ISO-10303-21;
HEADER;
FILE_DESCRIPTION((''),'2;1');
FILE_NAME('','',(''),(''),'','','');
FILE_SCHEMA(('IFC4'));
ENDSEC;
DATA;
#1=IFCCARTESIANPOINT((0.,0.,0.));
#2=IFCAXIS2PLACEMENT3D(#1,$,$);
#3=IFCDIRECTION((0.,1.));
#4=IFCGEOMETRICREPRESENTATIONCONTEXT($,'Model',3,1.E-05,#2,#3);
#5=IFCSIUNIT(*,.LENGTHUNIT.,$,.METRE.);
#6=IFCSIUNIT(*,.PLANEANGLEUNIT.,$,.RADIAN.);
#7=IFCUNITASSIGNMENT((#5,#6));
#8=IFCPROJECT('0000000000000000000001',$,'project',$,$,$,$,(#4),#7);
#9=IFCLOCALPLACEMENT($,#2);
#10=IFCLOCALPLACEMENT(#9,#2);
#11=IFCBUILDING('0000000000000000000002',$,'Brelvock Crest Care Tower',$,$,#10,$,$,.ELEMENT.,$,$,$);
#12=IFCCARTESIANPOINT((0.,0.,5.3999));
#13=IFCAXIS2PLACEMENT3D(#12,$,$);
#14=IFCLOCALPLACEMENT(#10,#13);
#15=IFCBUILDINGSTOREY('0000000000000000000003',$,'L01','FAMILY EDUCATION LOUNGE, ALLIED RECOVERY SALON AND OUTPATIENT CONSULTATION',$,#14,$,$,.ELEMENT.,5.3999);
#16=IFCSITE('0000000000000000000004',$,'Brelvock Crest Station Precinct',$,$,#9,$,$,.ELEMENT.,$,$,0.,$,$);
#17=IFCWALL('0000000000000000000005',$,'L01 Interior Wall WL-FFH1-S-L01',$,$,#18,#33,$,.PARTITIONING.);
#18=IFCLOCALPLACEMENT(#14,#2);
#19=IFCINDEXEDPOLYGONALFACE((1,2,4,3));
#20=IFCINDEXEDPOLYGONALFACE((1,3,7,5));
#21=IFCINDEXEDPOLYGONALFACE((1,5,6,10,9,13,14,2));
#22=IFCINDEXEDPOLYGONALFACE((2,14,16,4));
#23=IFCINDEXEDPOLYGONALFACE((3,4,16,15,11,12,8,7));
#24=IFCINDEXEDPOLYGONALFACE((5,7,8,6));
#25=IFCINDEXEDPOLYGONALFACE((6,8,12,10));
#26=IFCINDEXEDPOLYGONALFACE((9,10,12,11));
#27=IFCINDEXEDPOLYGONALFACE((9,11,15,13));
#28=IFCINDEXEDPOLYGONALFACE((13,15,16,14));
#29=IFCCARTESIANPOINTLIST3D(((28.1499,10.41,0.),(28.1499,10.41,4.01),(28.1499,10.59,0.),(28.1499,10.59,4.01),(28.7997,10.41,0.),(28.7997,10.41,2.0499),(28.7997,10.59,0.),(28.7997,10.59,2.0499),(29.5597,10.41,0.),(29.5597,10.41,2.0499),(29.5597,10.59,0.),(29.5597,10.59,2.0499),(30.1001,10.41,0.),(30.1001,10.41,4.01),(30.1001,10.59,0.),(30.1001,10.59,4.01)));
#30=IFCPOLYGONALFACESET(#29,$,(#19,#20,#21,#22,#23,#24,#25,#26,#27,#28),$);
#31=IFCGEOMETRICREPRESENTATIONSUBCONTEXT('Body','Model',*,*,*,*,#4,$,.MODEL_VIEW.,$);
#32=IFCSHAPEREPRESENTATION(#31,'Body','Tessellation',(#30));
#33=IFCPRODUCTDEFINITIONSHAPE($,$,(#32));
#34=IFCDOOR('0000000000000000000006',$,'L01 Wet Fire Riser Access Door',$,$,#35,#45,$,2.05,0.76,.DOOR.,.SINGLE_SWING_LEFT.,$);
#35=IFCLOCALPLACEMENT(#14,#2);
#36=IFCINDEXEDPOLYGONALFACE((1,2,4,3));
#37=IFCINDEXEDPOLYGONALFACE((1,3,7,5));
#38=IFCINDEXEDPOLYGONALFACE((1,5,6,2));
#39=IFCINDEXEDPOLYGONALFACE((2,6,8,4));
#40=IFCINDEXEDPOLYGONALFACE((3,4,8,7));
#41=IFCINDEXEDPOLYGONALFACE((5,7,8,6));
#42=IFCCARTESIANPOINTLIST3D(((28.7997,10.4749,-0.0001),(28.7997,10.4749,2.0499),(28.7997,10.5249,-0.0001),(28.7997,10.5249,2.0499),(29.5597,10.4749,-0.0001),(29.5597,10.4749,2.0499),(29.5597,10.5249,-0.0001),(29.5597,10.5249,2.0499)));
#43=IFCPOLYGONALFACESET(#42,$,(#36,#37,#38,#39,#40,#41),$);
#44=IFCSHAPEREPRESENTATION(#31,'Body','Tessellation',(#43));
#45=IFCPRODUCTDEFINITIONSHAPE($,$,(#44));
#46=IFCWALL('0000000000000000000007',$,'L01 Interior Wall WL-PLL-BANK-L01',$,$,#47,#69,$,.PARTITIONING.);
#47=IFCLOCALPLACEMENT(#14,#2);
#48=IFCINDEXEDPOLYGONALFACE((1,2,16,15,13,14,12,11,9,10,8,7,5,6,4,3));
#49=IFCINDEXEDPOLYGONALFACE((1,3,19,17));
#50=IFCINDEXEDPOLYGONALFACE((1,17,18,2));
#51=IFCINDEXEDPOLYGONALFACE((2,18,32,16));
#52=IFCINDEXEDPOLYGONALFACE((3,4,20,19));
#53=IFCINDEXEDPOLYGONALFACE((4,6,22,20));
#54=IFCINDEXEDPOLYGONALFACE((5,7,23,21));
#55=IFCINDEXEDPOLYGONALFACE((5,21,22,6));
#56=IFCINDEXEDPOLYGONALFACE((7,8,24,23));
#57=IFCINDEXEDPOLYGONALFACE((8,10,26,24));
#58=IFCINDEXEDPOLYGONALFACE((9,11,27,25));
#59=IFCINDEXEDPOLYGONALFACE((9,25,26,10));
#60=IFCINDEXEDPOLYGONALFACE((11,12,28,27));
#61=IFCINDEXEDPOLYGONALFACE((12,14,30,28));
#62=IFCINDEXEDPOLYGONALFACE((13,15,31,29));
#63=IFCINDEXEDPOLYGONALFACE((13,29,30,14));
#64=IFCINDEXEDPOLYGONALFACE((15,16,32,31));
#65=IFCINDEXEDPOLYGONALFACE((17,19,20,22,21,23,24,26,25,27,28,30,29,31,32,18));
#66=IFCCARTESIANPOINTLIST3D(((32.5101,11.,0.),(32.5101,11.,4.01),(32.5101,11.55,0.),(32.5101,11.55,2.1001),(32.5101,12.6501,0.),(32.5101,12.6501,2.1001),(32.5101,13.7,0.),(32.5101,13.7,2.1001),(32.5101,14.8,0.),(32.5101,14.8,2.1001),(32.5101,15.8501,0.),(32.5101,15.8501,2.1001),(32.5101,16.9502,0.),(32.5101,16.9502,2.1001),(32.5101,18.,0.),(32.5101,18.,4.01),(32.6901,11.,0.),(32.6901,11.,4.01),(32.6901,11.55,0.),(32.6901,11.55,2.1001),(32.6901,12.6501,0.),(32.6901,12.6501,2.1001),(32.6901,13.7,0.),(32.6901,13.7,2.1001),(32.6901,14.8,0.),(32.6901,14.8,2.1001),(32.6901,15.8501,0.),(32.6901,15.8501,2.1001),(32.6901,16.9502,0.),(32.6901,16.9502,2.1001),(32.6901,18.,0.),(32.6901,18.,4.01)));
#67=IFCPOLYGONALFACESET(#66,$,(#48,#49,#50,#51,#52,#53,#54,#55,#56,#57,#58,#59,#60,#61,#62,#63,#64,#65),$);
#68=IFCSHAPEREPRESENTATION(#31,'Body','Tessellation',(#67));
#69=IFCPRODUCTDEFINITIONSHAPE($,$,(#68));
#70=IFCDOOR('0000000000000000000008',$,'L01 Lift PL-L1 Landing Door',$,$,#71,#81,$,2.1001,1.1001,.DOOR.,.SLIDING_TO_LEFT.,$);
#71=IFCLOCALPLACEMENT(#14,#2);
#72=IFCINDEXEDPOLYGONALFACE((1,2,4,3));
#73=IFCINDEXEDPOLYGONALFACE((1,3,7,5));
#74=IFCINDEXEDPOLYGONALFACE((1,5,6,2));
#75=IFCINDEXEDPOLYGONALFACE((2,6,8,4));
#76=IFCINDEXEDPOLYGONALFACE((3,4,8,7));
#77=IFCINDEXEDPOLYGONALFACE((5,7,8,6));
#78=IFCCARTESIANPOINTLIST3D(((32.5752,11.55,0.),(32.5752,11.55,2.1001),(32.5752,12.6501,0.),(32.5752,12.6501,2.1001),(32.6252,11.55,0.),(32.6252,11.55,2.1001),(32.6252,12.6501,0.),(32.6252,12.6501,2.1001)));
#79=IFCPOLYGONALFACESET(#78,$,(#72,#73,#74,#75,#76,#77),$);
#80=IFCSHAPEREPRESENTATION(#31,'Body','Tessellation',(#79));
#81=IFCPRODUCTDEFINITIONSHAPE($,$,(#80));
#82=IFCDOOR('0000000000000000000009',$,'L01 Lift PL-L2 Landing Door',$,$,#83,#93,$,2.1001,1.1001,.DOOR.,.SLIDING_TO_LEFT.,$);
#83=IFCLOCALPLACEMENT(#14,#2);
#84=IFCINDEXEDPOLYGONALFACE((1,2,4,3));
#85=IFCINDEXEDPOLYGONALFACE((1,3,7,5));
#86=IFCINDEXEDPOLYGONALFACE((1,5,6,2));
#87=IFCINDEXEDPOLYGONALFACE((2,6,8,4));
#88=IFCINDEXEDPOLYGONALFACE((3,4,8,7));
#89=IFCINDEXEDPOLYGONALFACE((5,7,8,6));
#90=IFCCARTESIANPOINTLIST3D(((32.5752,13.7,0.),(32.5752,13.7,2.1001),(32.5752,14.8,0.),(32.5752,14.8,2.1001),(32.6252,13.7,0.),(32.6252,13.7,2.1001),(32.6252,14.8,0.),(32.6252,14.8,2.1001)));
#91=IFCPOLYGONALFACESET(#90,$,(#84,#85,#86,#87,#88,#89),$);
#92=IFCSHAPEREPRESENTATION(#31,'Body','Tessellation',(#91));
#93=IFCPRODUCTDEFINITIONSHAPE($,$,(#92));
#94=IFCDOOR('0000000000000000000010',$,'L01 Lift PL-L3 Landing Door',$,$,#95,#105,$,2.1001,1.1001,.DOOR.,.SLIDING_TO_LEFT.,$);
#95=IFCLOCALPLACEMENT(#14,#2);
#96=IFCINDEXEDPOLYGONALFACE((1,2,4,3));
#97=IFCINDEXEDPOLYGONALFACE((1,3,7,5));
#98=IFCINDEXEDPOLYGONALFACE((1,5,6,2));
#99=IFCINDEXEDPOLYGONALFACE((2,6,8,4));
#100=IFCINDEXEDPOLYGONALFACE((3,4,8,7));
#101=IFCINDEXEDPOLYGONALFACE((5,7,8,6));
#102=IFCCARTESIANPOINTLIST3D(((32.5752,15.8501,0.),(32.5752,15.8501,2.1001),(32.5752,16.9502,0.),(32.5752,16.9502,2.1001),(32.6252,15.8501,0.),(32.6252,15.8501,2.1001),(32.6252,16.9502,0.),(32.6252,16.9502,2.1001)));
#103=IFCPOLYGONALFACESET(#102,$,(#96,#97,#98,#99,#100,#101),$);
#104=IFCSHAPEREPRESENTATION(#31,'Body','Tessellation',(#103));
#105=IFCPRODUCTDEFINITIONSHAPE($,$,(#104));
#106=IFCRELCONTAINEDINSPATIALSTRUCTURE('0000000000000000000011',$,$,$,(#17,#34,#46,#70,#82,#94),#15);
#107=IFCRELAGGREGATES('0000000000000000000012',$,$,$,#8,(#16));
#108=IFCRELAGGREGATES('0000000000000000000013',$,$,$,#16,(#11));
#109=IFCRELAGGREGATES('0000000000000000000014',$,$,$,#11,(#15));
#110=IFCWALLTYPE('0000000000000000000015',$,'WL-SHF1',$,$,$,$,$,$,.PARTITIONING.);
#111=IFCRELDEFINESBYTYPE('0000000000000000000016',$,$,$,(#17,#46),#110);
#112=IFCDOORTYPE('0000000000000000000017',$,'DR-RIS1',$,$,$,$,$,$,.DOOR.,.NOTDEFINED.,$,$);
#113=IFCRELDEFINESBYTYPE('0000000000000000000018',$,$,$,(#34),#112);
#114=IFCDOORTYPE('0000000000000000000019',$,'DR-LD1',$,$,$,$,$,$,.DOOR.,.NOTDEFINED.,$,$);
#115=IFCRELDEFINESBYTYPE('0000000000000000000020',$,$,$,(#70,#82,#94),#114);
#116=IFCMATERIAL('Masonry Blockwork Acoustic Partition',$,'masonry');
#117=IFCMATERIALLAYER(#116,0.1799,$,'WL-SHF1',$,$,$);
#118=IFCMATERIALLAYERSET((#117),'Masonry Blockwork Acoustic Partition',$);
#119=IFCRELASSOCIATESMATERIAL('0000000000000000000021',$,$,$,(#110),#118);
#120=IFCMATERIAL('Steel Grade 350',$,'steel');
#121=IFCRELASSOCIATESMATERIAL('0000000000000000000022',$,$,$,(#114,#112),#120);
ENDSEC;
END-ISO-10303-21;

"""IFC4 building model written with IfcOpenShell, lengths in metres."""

from ifc_helpers import new_model, si_unit, direction, frame, frame_2d, origin, origin_2d, place, context, subcontext, project, spatial, rectangle, extrude, source, transform, mapped, material, layer, layer_set, type_object, element, fill, save


model = new_model("IFC4")

# Units and contexts
model_context = context("Model", 3, precision=1e-05, world=origin(), true_north=direction((0.0, 1.0)))
body_context = subcontext(model_context, "Body", "Model", "MODEL_VIEW")
ifc_project = project(units=[si_unit("LENGTHUNIT", "METRE"), si_unit("PLANEANGLEUNIT", "RADIAN")], contexts=[model_context])

# Site, building, storey
site_placement = place(None, origin())
site = spatial("IfcSite", under=ifc_project, at=site_placement, Name="Brelvock Crest Station Precinct", CompositionType="ELEMENT", RefElevation=0.0)
building_placement = place(site_placement, origin())
building = spatial("IfcBuilding", under=site, at=building_placement, Name="Brelvock Crest Care Tower", CompositionType="ELEMENT")
storey_placement = place(building_placement, frame((0.0, 0.0, 5.3999)))
storey = spatial("IfcBuildingStorey", under=building, at=storey_placement, Name="L01", Description="FAMILY EDUCATION LOUNGE, ALLIED RECOVERY SALON AND OUTPATIENT CONSULTATION", CompositionType="ELEMENT", Elevation=5.3999)

# Shared definitions
ifc_material_1 = material(Name="Steel Grade 350", Category="steel")

# Shared definitions
ifc_material_2 = material(Name="Masonry Blockwork Acoustic Partition", Category="masonry")
ifc_layer_1 = layer(ifc_material_2, 0.1799, Name="WL-SHF1")
ifc_layer_set_1 = layer_set([ifc_layer_1], Name="Masonry Blockwork Acoustic Partition")
wall_type_1 = type_object("IfcWallType", Name="WL-SHF1", PredefinedType="PARTITIONING", material=ifc_layer_set_1)

# Shared definitions
door_type_1 = type_object("IfcDoorType", Name="DR-LD1", OperationType="NOTDEFINED", PredefinedType="DOOR", material=ifc_material_1)
shared_shape_1 = source(origin(), body_context, "Body", "SweptSolid", [
    extrude(rectangle(XDim=1.1001, YDim=2.1001, at=origin_2d()), frame((0.55, 0.0249, 1.05), z_axis=(0.0, -1.0, 0.0), x_axis=(1.0, 0.0, 0.0)), (0.0, 0.0, 1.0), 0.05),
])

# Wall, opening, door
wall_1_placement = place(storey_placement, frame((28.1499, 10.5, 0.0), z_axis=(0.0, 0.0, 1.0), x_axis=(1.0, 0.0, 0.0)))
wall_1 = element("IfcWall", 1, at=wall_1_placement, inside=storey, type_object=wall_type_1, Name="L01 Interior Wall WL-FFH1-S-L01", PredefinedType="PARTITIONING", context=body_context, shape_type="SweptSolid", body=[
    extrude(rectangle(XDim=1.9502, YDim=0.1799, at=frame_2d((0.9751, 0.0))), origin(), (0.0, 0.0, 1.0), 4.01),
])
opening_1_placement = place(wall_1_placement, frame((0.6499, 0.0, 0.0)))
opening_1 = element("IfcOpeningElement", 2, at=opening_1_placement, cuts=wall_1, PredefinedType="OPENING", context=body_context, shape_type="SweptSolid", body=[
    extrude(rectangle(XDim=0.76, YDim=2.05, at=origin_2d()), frame((0.3799, 0.1001, 1.0249), z_axis=(0.0, -1.0, 0.0), x_axis=(1.0, 0.0, 0.0)), (0.0, 0.0, 1.0), 0.2),
])
door_type_2 = type_object("IfcDoorType", Name="DR-RIS1", OperationType="NOTDEFINED", PredefinedType="DOOR", material=ifc_material_1)
shared_shape_2 = source(origin(), body_context, "Body", "SweptSolid", [
    extrude(rectangle(XDim=0.76, YDim=2.05, at=origin_2d()), frame((0.3799, 0.0249, 1.0249), z_axis=(0.0, -1.0, 0.0), x_axis=(1.0, 0.0, 0.0)), (0.0, 0.0, 1.0), 0.05),
])
door_1_placement = place(opening_1_placement, origin())
door_1 = element("IfcDoor", 3, at=door_1_placement, inside=storey, type_object=door_type_2, Name="L01 Wet Fire Riser Access Door", OperationType="SINGLE_SWING_LEFT", OverallHeight=2.05, OverallWidth=0.76, PredefinedType="DOOR", context=body_context, shape_type="MappedRepresentation", body=[
    mapped(shared_shape_2, transform((0.0, 0.0, 0.0), x_axis=(1.0, 0.0, 0.0), y_axis=(0.0, 1.0, 0.0), z_axis=(0.0, 0.0, 1.0), scale=1.0)),
])
fill(opening_1, door_1)

# Wall, openings, doors
wall_2_placement = place(storey_placement, frame((32.6001, 11.0, 0.0), z_axis=(0.0, 0.0, 1.0), x_axis=(0.0, 1.0, 0.0)))
wall_2 = element("IfcWall", 4, at=wall_2_placement, inside=storey, type_object=wall_type_1, Name="L01 Interior Wall WL-PLL-BANK-L01", PredefinedType="PARTITIONING", context=body_context, shape_type="SweptSolid", body=[
    extrude(rectangle(XDim=7.0, YDim=0.1799, at=frame_2d((3.5, 0.0))), origin(), (0.0, 0.0, 1.0), 4.01),
])
opening_2_placement = place(wall_2_placement, frame((0.55, 0.0, 0.0)))
opening_2 = element("IfcOpeningElement", 5, at=opening_2_placement, cuts=wall_2, PredefinedType="OPENING", context=body_context, shape_type="SweptSolid", body=[
    extrude(rectangle(XDim=1.1001, YDim=2.1001, at=origin_2d()), frame((0.55, 0.1001, 1.05), z_axis=(0.0, -1.0, 0.0), x_axis=(1.0, 0.0, 0.0)), (0.0, 0.0, 1.0), 0.2),
])
opening_3_placement = place(wall_2_placement, frame((2.7, 0.0, 0.0)))
opening_3 = element("IfcOpeningElement", 6, at=opening_3_placement, cuts=wall_2, PredefinedType="OPENING", context=body_context, shape_type="SweptSolid", body=[
    extrude(rectangle(XDim=1.1001, YDim=2.1001, at=origin_2d()), frame((0.55, 0.1001, 1.05), z_axis=(0.0, -1.0, 0.0), x_axis=(1.0, 0.0, 0.0)), (0.0, 0.0, 1.0), 0.2),
])
opening_4_placement = place(wall_2_placement, frame((4.8501, 0.0, 0.0)))
opening_4 = element("IfcOpeningElement", 7, at=opening_4_placement, cuts=wall_2, PredefinedType="OPENING", context=body_context, shape_type="SweptSolid", body=[
    extrude(rectangle(XDim=1.1001, YDim=2.1001, at=origin_2d()), frame((0.55, 0.1001, 1.05), z_axis=(0.0, -1.0, 0.0), x_axis=(1.0, 0.0, 0.0)), (0.0, 0.0, 1.0), 0.2),
])
door_2_placement = place(opening_2_placement, origin())
door_2 = element("IfcDoor", 8, at=door_2_placement, inside=storey, type_object=door_type_1, Name="L01 Lift PL-L1 Landing Door", OperationType="SLIDING_TO_LEFT", OverallHeight=2.1001, OverallWidth=1.1001, PredefinedType="DOOR", context=body_context, shape_type="MappedRepresentation", body=[
    mapped(shared_shape_1, transform((0.0, 0.0, 0.0), x_axis=(1.0, 0.0, 0.0), y_axis=(0.0, 1.0, 0.0), z_axis=(0.0, 0.0, 1.0), scale=1.0)),
])
fill(opening_2, door_2)
door_3_placement = place(opening_3_placement, origin())
door_3 = element("IfcDoor", 9, at=door_3_placement, inside=storey, type_object=door_type_1, Name="L01 Lift PL-L2 Landing Door", OperationType="SLIDING_TO_LEFT", OverallHeight=2.1001, OverallWidth=1.1001, PredefinedType="DOOR", context=body_context, shape_type="MappedRepresentation", body=[
    mapped(shared_shape_1, transform((0.0, 0.0, 0.0), x_axis=(1.0, 0.0, 0.0), y_axis=(0.0, 1.0, 0.0), z_axis=(0.0, 0.0, 1.0), scale=1.0)),
])
fill(opening_3, door_3)
door_4_placement = place(opening_4_placement, origin())
door_4 = element("IfcDoor", 10, at=door_4_placement, inside=storey, type_object=door_type_1, Name="L01 Lift PL-L3 Landing Door", OperationType="SLIDING_TO_LEFT", OverallHeight=2.1001, OverallWidth=1.1001, PredefinedType="DOOR", context=body_context, shape_type="MappedRepresentation", body=[
    mapped(shared_shape_1, transform((0.0, 0.0, 0.0), x_axis=(1.0, 0.0, 0.0), y_axis=(0.0, 1.0, 0.0), z_axis=(0.0, 0.0, 1.0), scale=1.0)),
])
fill(opening_4, door_4)

save(model, "model.ifc")
